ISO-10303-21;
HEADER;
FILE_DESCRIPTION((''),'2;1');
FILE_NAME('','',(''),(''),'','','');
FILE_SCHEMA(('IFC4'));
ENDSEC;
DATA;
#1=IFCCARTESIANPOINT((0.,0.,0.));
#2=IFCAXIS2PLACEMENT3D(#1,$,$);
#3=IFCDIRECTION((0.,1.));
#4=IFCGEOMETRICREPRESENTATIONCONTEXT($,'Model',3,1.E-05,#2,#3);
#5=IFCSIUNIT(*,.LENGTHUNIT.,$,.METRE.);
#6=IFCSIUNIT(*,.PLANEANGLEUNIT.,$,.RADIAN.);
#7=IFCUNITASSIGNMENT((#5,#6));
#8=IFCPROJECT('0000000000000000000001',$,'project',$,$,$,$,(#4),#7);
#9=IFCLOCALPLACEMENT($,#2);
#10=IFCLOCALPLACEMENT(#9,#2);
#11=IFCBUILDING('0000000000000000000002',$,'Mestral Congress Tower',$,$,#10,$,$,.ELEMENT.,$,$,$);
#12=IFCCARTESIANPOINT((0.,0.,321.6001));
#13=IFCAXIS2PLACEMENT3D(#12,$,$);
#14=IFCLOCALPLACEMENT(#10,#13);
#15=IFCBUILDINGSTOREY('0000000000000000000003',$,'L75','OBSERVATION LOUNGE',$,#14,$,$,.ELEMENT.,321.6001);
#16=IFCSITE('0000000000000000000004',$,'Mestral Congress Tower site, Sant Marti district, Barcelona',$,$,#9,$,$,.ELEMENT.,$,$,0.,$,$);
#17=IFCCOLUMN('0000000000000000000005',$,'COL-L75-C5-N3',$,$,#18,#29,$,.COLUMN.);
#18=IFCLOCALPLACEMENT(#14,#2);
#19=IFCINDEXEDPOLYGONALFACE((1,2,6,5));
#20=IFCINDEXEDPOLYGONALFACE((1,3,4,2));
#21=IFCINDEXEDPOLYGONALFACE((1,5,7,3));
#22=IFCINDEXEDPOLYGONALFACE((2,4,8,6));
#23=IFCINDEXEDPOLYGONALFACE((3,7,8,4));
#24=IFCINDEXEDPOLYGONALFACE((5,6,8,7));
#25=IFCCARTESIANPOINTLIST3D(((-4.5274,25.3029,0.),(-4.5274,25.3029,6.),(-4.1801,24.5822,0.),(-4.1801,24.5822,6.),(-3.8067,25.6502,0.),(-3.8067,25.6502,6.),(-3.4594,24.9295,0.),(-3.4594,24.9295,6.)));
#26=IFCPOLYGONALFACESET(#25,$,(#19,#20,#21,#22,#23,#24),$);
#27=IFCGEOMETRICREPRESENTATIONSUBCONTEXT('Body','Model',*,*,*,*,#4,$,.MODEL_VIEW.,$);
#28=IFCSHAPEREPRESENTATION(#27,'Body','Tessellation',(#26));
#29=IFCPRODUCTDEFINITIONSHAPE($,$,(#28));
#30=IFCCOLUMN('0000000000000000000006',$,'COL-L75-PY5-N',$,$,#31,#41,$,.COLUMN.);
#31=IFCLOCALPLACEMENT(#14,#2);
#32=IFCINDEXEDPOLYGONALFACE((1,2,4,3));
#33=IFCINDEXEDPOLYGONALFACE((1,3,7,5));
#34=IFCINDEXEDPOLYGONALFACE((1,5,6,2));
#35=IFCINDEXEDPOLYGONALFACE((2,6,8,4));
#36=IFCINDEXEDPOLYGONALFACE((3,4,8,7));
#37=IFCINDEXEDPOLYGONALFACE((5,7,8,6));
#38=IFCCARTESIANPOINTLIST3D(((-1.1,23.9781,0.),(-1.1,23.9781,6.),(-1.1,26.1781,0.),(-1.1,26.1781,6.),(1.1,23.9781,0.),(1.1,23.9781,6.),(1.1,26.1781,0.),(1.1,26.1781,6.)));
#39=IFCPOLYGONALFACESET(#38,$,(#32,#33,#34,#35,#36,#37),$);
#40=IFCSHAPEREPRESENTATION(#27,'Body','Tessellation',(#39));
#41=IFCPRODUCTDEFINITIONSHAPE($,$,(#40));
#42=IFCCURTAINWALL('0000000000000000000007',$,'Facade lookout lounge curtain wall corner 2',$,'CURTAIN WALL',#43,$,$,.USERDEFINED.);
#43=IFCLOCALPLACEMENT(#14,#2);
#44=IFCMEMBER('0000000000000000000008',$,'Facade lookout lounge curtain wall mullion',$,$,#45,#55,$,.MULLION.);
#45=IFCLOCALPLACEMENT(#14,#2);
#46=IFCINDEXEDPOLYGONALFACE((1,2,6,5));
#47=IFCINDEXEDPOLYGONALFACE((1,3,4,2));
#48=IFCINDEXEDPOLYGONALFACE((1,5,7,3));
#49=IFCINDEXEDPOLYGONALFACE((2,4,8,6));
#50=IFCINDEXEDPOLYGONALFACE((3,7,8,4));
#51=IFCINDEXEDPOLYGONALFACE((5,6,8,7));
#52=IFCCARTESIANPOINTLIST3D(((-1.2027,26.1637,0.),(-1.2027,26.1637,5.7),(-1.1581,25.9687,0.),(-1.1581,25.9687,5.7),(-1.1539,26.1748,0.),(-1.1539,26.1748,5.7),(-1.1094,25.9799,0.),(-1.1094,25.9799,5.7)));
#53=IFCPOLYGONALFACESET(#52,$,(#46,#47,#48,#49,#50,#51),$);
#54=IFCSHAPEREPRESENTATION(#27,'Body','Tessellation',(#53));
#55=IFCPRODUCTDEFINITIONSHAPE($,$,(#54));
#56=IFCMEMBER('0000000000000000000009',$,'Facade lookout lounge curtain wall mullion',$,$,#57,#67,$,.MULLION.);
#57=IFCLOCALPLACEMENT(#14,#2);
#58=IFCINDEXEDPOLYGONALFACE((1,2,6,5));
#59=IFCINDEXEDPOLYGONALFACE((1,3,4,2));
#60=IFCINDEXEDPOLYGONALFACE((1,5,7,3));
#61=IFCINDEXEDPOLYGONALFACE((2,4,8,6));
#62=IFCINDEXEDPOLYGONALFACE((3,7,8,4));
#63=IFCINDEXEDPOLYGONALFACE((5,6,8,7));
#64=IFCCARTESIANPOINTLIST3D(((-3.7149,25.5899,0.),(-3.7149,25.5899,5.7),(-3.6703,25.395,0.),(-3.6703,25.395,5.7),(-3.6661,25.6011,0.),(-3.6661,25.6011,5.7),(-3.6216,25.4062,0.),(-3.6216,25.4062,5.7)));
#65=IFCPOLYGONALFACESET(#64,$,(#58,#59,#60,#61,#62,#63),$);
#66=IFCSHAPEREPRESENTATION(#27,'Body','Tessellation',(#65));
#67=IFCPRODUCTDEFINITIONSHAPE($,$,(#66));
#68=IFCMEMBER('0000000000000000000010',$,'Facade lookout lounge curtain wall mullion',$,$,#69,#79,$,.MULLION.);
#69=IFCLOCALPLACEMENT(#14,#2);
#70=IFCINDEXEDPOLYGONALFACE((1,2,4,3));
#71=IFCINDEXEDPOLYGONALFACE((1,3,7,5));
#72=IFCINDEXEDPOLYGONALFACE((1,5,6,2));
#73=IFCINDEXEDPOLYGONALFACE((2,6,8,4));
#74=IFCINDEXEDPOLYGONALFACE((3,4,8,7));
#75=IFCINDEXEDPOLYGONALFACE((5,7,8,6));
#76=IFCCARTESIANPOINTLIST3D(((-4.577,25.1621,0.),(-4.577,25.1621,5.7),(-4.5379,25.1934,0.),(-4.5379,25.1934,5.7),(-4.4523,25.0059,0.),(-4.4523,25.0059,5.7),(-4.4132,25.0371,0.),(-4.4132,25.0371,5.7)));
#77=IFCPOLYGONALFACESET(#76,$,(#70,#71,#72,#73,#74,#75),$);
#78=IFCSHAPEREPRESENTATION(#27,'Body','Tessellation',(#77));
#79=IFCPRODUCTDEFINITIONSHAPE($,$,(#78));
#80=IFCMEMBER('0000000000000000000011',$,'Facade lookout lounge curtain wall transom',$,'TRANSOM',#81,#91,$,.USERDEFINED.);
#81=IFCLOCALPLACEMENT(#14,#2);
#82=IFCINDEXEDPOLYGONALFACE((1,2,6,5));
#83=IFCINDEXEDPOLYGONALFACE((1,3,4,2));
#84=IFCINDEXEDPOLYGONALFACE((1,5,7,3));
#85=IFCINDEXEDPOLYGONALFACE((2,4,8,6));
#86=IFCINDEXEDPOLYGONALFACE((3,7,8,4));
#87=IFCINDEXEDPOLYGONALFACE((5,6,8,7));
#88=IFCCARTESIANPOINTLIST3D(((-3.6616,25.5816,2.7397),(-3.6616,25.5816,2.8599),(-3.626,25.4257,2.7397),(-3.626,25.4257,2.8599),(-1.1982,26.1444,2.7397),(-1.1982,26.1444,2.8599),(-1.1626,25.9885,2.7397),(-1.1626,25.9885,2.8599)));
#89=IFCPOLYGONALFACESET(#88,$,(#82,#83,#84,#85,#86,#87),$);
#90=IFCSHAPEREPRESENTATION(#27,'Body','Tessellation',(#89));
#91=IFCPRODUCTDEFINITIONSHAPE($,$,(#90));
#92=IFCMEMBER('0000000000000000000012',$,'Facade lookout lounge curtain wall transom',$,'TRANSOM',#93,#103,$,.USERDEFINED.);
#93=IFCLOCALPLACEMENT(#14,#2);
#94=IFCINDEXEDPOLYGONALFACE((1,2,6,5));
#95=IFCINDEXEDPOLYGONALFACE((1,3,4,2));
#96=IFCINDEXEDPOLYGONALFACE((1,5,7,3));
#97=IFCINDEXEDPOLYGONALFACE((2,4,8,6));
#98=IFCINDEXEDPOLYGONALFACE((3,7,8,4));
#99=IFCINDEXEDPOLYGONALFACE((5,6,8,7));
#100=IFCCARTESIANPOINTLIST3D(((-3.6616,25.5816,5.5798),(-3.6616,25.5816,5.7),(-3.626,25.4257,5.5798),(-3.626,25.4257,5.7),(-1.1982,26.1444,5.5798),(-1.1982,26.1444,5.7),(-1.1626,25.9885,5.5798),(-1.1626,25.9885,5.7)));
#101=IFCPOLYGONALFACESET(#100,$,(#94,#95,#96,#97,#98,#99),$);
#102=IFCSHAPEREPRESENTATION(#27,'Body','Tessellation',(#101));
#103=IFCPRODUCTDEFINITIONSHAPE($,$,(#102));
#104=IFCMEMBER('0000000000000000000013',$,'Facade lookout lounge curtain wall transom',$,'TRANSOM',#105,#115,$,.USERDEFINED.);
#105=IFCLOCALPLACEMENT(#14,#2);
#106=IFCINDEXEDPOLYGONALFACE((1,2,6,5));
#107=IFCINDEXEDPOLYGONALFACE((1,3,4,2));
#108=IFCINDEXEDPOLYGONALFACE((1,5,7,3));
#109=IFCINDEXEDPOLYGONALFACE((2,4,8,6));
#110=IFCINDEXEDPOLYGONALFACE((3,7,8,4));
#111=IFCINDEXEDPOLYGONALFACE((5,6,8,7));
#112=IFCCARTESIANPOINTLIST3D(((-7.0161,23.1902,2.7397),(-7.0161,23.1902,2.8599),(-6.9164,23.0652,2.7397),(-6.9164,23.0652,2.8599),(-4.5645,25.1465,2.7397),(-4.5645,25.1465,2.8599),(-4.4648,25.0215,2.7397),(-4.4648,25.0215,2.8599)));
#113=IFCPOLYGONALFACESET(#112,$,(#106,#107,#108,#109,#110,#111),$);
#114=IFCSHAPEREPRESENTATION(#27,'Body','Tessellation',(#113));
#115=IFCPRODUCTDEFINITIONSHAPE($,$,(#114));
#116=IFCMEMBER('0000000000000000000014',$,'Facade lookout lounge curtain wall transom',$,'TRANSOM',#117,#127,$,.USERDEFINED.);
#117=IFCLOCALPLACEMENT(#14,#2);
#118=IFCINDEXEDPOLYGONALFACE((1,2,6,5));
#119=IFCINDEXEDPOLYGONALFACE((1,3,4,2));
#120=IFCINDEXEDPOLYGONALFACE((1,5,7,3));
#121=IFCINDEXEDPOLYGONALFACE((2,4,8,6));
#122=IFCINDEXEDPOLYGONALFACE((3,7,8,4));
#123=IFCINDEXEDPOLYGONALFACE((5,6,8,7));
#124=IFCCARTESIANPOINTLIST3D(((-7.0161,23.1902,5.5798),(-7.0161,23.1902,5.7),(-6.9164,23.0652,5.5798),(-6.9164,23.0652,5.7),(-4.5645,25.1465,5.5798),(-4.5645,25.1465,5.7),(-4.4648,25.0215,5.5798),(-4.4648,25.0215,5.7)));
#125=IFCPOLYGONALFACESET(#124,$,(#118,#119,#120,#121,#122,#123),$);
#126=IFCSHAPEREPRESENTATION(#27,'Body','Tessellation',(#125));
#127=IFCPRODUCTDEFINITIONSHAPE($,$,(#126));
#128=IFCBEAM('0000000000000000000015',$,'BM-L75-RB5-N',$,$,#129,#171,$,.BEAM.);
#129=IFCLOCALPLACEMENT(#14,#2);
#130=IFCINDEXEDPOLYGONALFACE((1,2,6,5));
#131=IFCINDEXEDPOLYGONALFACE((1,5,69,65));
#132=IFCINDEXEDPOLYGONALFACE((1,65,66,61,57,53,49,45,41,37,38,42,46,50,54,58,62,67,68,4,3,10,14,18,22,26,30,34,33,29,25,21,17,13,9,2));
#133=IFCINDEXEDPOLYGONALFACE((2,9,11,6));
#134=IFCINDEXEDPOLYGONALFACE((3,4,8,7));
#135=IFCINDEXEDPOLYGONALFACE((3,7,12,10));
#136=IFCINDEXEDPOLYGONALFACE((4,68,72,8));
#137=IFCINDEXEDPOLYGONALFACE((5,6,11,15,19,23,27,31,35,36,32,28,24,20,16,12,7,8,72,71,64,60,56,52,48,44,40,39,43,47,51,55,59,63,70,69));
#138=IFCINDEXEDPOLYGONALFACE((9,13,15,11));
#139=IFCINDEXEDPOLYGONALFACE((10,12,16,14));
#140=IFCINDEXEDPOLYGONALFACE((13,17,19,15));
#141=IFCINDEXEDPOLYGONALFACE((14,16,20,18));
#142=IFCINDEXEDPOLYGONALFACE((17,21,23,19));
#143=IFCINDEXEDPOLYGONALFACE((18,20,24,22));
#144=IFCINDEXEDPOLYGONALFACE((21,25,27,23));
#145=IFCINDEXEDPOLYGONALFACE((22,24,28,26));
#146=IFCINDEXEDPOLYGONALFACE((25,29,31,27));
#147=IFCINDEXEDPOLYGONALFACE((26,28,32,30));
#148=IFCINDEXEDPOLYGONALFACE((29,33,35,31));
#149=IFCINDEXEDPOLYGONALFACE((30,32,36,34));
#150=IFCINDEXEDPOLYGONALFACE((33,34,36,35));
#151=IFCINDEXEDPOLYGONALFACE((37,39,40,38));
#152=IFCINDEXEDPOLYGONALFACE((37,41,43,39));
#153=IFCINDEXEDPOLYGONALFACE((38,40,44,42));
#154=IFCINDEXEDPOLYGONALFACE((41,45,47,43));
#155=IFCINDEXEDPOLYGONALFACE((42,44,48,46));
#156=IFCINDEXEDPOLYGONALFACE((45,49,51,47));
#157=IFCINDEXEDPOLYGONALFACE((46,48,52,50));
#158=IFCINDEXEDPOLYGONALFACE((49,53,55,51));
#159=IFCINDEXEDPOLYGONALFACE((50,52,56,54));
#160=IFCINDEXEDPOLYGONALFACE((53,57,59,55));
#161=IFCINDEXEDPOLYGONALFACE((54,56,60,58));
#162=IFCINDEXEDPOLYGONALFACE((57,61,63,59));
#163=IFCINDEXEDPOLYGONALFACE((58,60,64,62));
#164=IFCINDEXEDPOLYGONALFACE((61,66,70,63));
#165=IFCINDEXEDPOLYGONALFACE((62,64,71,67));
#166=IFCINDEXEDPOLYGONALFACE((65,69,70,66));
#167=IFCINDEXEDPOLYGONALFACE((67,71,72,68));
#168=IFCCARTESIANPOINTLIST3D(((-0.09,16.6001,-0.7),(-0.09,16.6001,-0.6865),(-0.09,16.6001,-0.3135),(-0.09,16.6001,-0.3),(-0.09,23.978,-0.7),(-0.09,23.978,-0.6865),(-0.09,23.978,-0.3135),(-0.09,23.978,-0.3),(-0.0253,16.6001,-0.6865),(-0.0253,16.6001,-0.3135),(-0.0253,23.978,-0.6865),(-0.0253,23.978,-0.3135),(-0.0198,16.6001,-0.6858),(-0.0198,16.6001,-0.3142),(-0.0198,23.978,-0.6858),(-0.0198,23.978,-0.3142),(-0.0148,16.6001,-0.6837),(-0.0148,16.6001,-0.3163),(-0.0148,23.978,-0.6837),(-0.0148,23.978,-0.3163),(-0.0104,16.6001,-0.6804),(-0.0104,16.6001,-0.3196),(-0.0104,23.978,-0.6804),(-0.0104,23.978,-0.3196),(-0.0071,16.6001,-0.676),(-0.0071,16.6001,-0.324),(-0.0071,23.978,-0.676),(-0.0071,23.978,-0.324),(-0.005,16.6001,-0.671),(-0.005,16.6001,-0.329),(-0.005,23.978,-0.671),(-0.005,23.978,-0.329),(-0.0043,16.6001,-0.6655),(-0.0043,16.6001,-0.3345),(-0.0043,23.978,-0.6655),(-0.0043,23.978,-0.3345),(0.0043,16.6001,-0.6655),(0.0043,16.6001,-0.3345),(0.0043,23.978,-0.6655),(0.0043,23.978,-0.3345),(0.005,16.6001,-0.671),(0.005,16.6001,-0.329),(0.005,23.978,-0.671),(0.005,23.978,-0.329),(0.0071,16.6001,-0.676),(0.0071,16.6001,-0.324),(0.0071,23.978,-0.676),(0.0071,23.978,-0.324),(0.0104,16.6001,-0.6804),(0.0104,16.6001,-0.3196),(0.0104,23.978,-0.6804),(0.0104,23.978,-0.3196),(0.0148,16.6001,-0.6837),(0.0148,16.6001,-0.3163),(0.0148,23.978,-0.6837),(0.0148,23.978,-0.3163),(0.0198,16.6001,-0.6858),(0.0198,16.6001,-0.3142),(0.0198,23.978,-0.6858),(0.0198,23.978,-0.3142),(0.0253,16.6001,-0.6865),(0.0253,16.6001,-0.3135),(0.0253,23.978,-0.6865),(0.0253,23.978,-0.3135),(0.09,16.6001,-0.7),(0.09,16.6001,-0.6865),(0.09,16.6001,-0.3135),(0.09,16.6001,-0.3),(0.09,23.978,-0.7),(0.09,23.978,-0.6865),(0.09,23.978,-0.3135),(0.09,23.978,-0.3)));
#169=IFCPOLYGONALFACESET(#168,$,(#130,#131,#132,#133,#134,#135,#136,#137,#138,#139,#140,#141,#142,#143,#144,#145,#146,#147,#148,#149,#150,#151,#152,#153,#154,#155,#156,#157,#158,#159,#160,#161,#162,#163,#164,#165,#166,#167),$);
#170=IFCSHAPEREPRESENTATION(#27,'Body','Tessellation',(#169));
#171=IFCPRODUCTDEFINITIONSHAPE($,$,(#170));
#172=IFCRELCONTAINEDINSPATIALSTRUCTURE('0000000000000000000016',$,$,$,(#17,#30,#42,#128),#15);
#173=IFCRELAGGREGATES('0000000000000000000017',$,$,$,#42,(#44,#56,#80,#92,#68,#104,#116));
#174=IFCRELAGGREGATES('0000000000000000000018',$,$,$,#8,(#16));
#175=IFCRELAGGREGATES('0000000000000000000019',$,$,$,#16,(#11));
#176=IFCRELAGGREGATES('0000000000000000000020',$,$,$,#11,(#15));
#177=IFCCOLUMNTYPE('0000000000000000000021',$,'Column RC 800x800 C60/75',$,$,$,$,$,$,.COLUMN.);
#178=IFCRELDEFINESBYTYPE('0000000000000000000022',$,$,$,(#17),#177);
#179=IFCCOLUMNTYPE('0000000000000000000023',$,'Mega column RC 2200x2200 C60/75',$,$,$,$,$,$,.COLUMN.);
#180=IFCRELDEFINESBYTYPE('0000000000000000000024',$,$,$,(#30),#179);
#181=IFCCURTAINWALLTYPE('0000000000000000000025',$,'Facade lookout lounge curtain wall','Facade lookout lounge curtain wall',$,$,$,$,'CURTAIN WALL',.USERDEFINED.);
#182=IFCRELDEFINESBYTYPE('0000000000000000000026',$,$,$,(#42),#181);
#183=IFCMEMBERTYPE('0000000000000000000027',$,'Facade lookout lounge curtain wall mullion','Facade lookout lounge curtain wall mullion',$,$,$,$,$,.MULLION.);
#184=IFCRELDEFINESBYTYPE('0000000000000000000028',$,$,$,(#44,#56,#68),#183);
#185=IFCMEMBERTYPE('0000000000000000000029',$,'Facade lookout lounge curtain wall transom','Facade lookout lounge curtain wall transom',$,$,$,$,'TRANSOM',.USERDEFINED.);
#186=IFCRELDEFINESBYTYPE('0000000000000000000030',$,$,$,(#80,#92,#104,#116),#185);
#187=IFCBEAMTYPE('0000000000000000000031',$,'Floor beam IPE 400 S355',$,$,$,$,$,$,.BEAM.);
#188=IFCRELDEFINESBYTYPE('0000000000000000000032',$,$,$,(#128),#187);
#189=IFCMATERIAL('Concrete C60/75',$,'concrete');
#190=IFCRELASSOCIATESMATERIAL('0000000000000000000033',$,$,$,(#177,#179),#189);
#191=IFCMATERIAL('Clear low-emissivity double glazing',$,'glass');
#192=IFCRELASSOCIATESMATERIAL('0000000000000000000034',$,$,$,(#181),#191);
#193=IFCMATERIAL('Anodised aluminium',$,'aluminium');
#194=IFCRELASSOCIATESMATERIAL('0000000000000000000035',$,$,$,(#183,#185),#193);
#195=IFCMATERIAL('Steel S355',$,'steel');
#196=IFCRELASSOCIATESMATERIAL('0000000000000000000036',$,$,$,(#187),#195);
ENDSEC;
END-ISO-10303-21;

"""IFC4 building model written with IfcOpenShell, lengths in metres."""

from ifc_helpers import new_model, si_unit, direction, frame, origin, origin_2d, place, context, subcontext, project, spatial, rectangle, i_section, extrude, material, material_profile, profile_set, type_object, element, aggregate, save


model = new_model("IFC4")

# Units and contexts
model_context = context("Model", 3, precision=1e-05, world=origin(), true_north=direction((0.0, 1.0)))
body_context = subcontext(model_context, "Body", "Model", "MODEL_VIEW")
ifc_project = project(units=[si_unit("LENGTHUNIT", "METRE"), si_unit("PLANEANGLEUNIT", "RADIAN")], contexts=[model_context])

# Site, building, storey
site_placement = place(None, origin())
site = spatial("IfcSite", under=ifc_project, at=site_placement, Name="Mestral Congress Tower site, Sant Marti district, Barcelona", CompositionType="ELEMENT", RefElevation=0.0)
building_placement = place(site_placement, origin())
building = spatial("IfcBuilding", under=site, at=building_placement, Name="Mestral Congress Tower", CompositionType="ELEMENT")
storey_placement = place(building_placement, frame((0.0, 0.0, 321.6001)))
storey = spatial("IfcBuildingStorey", under=building, at=storey_placement, Name="L75", Description="OBSERVATION LOUNGE", CompositionType="ELEMENT", Elevation=321.6001)

# Columns
ifc_material_1 = material(Name="Concrete C60/75", Category="concrete")
ifc_material_profile_1 = material_profile(ifc_material_1, rectangle(XDim=0.8, YDim=0.8, at=origin_2d()), Name="RC 800x800")
ifc_profile_set_1 = profile_set([ifc_material_profile_1], Name="Concrete C60/75")
column_type_1 = type_object("IfcColumnType", Name="Column RC 800x800 C60/75", PredefinedType="COLUMN", material=ifc_profile_set_1)
column_1_placement = place(storey_placement, frame((-3.9934, 25.1162, 0.0), z_axis=(0.0, 0.0, 1.0), x_axis=(-0.900873, -0.434082, 0.0)))
element("IfcColumn", 1, at=column_1_placement, inside=storey, type_object=column_type_1, Name="COL-L75-C5-N3", PredefinedType="COLUMN", context=body_context, shape_type="SweptSolid", body=[
    extrude(rectangle(XDim=0.8, YDim=0.8, at=origin_2d()), origin(), (0.0, 0.0, 1.0), 6.0),
])
ifc_material_profile_2 = material_profile(ifc_material_1, rectangle(XDim=2.2, YDim=2.2, at=origin_2d()), Name="RC 2200x2200")
ifc_profile_set_2 = profile_set([ifc_material_profile_2], Name="Concrete C60/75")
column_type_2 = type_object("IfcColumnType", Name="Mega column RC 2200x2200 C60/75", PredefinedType="COLUMN", material=ifc_profile_set_2)
column_2_placement = place(storey_placement, frame((0.0, 25.0781, 0.0), z_axis=(0.0, 0.0, 1.0), x_axis=(0.0, 1.0, 0.0)))
element("IfcColumn", 2, at=column_2_placement, inside=storey, type_object=column_type_2, Name="COL-L75-PY5-N", PredefinedType="COLUMN", context=body_context, shape_type="SweptSolid", body=[
    extrude(rectangle(XDim=2.2, YDim=2.2, at=origin_2d()), origin(), (0.0, 0.0, 1.0), 6.0),
])

# Curtain wall, members
ifc_material_2 = material(Name="Clear low-emissivity double glazing", Category="glass")
curtain_wall_type = type_object("IfcCurtainWallType", Name="Facade lookout lounge curtain wall", Description="Facade lookout lounge curtain wall", ElementType="CURTAIN WALL", PredefinedType="USERDEFINED", material=ifc_material_2)
placement = place(storey_placement, origin())
curtain_wall = element("IfcCurtainWall", 3, at=placement, inside=storey, type_object=curtain_wall_type, Name="Facade lookout lounge curtain wall corner 2", ObjectType="CURTAIN WALL", PredefinedType="USERDEFINED")
ifc_material_3 = material(Name="Anodised aluminium", Category="aluminium")
ifc_material_profile_3 = material_profile(ifc_material_3, rectangle(XDim=0.2, YDim=0.05, at=origin_2d()), Name="CW2 mullion 200 x 50")
ifc_profile_set_3 = profile_set([ifc_material_profile_3], Name="Anodised aluminium")
member_type_1 = type_object("IfcMemberType", Name="Facade lookout lounge curtain wall mullion", Description="Facade lookout lounge curtain wall mullion", PredefinedType="MULLION", material=ifc_profile_set_3)
member_1_placement = place(storey_placement, frame((-1.156, 26.0718, 0.0), z_axis=(0.0, 0.0, 1.0), x_axis=(-0.222646, 0.974899, 0.0)))
member_1 = element("IfcMember", 4, at=member_1_placement, type_object=member_type_1, Name="Facade lookout lounge curtain wall mullion", PredefinedType="MULLION", context=body_context, shape_type="SweptSolid", body=[
    extrude(rectangle(XDim=0.2, YDim=0.05, at=origin_2d()), origin(), (0.0, 0.0, 1.0), 5.7),
])
member_2_placement = place(storey_placement, frame((-3.6682, 25.498, 0.0), z_axis=(0.0, 0.0, 1.0), x_axis=(-0.222646, 0.974899, 0.0)))
member_2 = element("IfcMember", 5, at=member_2_placement, type_object=member_type_1, Name="Facade lookout lounge curtain wall mullion", PredefinedType="MULLION", context=body_context, shape_type="SweptSolid", body=[
    extrude(rectangle(XDim=0.2, YDim=0.05, at=origin_2d()), origin(), (0.0, 0.0, 1.0), 5.7),
])
member_3_placement = place(storey_placement, frame((-4.4951, 25.0996, 0.0), z_axis=(0.0, 0.0, 1.0), x_axis=(-0.623738, 0.781634, 0.0)))
member_3 = element("IfcMember", 6, at=member_3_placement, type_object=member_type_1, Name="Facade lookout lounge curtain wall mullion", PredefinedType="MULLION", context=body_context, shape_type="SweptSolid", body=[
    extrude(rectangle(XDim=0.2, YDim=0.05, at=origin_2d()), origin(), (0.0, 0.0, 1.0), 5.7),
])
ifc_material_profile_4 = material_profile(ifc_material_3, rectangle(XDim=0.1599, YDim=0.1201, at=origin_2d()), Name="CW2 transom 160 x 120")
ifc_profile_set_4 = profile_set([ifc_material_profile_4], Name="Anodised aluminium")
member_type_2 = type_object("IfcMemberType", Name="Facade lookout lounge curtain wall transom", Description="Facade lookout lounge curtain wall transom", ElementType="TRANSOM", PredefinedType="USERDEFINED", material=ifc_profile_set_4)
member_4_placement = place(storey_placement, frame((-1.1804, 26.0664, 2.7998), z_axis=(-0.974885, -0.222707, 0.0), x_axis=(0.222707, -0.974885, 0.0)))
member_4 = element("IfcMember", 7, at=member_4_placement, type_object=member_type_2, Name="Facade lookout lounge curtain wall transom", ObjectType="TRANSOM", PredefinedType="USERDEFINED", context=body_context, shape_type="SweptSolid", body=[
    extrude(rectangle(XDim=0.1599, YDim=0.1201, at=origin_2d()), origin(), (0.0, 0.0, 1.0), 2.5269),
])
member_5_placement = place(storey_placement, frame((-1.1804, 26.0664, 5.6399), z_axis=(-0.974885, -0.222707, 0.0), x_axis=(0.222707, -0.974885, 0.0)))
member_5 = element("IfcMember", 8, at=member_5_placement, type_object=member_type_2, Name="Facade lookout lounge curtain wall transom", ObjectType="TRANSOM", PredefinedType="USERDEFINED", context=body_context, shape_type="SweptSolid", body=[
    extrude(rectangle(XDim=0.1599, YDim=0.1201, at=origin_2d()), origin(), (0.0, 0.0, 1.0), 2.5269),
])
member_6_placement = place(storey_placement, frame((-4.5146, 25.084, 2.7998), z_axis=(-0.78165, -0.623717, 0.0), x_axis=(0.623717, -0.78165, 0.0)))
member_6 = element("IfcMember", 9, at=member_6_placement, type_object=member_type_2, Name="Facade lookout lounge curtain wall transom", ObjectType="TRANSOM", PredefinedType="USERDEFINED", context=body_context, shape_type="SweptSolid", body=[
    extrude(rectangle(XDim=0.1599, YDim=0.1201, at=origin_2d()), origin(), (0.0, 0.0, 1.0), 3.1365),
])
member_7_placement = place(storey_placement, frame((-4.5146, 25.084, 5.6399), z_axis=(-0.78165, -0.623717, 0.0), x_axis=(0.623717, -0.78165, 0.0)))
member_7 = element("IfcMember", 10, at=member_7_placement, type_object=member_type_2, Name="Facade lookout lounge curtain wall transom", ObjectType="TRANSOM", PredefinedType="USERDEFINED", context=body_context, shape_type="SweptSolid", body=[
    extrude(rectangle(XDim=0.1599, YDim=0.1201, at=origin_2d()), origin(), (0.0, 0.0, 1.0), 3.1365),
])

# Beam
ifc_material_4 = material(Name="Steel S355", Category="steel")
ifc_material_profile_5 = material_profile(ifc_material_4, i_section(OverallWidth=0.1799, OverallDepth=0.3999, WebThickness=0.0085, FlangeThickness=0.0134, FilletRadius=0.021, at=origin_2d()), Name="IPE 400")
ifc_profile_set_5 = profile_set([ifc_material_profile_5], Name="Steel S355")
beam_type_1 = type_object("IfcBeamType", Name="Floor beam IPE 400 S355", PredefinedType="BEAM", material=ifc_profile_set_5)
beam_1_placement = place(storey_placement, frame((0.0, 23.978, -0.5), z_axis=(0.0, -1.0, 0.0), x_axis=(1.0, 0.0, 0.0)))
element("IfcBeam", 11, at=beam_1_placement, inside=storey, type_object=beam_type_1, Name="BM-L75-RB5-N", PredefinedType="BEAM", context=body_context, shape_type="SweptSolid", body=[
    extrude(i_section(OverallWidth=0.1799, OverallDepth=0.3999, WebThickness=0.0085, FlangeThickness=0.0134, FilletRadius=0.021, at=origin_2d()), origin(), (0.0, 0.0, 1.0), 7.3779),
])

aggregate(curtain_wall, [member_1, member_2, member_4, member_5, member_3, member_6, member_7])

save(model, "model.ifc")
